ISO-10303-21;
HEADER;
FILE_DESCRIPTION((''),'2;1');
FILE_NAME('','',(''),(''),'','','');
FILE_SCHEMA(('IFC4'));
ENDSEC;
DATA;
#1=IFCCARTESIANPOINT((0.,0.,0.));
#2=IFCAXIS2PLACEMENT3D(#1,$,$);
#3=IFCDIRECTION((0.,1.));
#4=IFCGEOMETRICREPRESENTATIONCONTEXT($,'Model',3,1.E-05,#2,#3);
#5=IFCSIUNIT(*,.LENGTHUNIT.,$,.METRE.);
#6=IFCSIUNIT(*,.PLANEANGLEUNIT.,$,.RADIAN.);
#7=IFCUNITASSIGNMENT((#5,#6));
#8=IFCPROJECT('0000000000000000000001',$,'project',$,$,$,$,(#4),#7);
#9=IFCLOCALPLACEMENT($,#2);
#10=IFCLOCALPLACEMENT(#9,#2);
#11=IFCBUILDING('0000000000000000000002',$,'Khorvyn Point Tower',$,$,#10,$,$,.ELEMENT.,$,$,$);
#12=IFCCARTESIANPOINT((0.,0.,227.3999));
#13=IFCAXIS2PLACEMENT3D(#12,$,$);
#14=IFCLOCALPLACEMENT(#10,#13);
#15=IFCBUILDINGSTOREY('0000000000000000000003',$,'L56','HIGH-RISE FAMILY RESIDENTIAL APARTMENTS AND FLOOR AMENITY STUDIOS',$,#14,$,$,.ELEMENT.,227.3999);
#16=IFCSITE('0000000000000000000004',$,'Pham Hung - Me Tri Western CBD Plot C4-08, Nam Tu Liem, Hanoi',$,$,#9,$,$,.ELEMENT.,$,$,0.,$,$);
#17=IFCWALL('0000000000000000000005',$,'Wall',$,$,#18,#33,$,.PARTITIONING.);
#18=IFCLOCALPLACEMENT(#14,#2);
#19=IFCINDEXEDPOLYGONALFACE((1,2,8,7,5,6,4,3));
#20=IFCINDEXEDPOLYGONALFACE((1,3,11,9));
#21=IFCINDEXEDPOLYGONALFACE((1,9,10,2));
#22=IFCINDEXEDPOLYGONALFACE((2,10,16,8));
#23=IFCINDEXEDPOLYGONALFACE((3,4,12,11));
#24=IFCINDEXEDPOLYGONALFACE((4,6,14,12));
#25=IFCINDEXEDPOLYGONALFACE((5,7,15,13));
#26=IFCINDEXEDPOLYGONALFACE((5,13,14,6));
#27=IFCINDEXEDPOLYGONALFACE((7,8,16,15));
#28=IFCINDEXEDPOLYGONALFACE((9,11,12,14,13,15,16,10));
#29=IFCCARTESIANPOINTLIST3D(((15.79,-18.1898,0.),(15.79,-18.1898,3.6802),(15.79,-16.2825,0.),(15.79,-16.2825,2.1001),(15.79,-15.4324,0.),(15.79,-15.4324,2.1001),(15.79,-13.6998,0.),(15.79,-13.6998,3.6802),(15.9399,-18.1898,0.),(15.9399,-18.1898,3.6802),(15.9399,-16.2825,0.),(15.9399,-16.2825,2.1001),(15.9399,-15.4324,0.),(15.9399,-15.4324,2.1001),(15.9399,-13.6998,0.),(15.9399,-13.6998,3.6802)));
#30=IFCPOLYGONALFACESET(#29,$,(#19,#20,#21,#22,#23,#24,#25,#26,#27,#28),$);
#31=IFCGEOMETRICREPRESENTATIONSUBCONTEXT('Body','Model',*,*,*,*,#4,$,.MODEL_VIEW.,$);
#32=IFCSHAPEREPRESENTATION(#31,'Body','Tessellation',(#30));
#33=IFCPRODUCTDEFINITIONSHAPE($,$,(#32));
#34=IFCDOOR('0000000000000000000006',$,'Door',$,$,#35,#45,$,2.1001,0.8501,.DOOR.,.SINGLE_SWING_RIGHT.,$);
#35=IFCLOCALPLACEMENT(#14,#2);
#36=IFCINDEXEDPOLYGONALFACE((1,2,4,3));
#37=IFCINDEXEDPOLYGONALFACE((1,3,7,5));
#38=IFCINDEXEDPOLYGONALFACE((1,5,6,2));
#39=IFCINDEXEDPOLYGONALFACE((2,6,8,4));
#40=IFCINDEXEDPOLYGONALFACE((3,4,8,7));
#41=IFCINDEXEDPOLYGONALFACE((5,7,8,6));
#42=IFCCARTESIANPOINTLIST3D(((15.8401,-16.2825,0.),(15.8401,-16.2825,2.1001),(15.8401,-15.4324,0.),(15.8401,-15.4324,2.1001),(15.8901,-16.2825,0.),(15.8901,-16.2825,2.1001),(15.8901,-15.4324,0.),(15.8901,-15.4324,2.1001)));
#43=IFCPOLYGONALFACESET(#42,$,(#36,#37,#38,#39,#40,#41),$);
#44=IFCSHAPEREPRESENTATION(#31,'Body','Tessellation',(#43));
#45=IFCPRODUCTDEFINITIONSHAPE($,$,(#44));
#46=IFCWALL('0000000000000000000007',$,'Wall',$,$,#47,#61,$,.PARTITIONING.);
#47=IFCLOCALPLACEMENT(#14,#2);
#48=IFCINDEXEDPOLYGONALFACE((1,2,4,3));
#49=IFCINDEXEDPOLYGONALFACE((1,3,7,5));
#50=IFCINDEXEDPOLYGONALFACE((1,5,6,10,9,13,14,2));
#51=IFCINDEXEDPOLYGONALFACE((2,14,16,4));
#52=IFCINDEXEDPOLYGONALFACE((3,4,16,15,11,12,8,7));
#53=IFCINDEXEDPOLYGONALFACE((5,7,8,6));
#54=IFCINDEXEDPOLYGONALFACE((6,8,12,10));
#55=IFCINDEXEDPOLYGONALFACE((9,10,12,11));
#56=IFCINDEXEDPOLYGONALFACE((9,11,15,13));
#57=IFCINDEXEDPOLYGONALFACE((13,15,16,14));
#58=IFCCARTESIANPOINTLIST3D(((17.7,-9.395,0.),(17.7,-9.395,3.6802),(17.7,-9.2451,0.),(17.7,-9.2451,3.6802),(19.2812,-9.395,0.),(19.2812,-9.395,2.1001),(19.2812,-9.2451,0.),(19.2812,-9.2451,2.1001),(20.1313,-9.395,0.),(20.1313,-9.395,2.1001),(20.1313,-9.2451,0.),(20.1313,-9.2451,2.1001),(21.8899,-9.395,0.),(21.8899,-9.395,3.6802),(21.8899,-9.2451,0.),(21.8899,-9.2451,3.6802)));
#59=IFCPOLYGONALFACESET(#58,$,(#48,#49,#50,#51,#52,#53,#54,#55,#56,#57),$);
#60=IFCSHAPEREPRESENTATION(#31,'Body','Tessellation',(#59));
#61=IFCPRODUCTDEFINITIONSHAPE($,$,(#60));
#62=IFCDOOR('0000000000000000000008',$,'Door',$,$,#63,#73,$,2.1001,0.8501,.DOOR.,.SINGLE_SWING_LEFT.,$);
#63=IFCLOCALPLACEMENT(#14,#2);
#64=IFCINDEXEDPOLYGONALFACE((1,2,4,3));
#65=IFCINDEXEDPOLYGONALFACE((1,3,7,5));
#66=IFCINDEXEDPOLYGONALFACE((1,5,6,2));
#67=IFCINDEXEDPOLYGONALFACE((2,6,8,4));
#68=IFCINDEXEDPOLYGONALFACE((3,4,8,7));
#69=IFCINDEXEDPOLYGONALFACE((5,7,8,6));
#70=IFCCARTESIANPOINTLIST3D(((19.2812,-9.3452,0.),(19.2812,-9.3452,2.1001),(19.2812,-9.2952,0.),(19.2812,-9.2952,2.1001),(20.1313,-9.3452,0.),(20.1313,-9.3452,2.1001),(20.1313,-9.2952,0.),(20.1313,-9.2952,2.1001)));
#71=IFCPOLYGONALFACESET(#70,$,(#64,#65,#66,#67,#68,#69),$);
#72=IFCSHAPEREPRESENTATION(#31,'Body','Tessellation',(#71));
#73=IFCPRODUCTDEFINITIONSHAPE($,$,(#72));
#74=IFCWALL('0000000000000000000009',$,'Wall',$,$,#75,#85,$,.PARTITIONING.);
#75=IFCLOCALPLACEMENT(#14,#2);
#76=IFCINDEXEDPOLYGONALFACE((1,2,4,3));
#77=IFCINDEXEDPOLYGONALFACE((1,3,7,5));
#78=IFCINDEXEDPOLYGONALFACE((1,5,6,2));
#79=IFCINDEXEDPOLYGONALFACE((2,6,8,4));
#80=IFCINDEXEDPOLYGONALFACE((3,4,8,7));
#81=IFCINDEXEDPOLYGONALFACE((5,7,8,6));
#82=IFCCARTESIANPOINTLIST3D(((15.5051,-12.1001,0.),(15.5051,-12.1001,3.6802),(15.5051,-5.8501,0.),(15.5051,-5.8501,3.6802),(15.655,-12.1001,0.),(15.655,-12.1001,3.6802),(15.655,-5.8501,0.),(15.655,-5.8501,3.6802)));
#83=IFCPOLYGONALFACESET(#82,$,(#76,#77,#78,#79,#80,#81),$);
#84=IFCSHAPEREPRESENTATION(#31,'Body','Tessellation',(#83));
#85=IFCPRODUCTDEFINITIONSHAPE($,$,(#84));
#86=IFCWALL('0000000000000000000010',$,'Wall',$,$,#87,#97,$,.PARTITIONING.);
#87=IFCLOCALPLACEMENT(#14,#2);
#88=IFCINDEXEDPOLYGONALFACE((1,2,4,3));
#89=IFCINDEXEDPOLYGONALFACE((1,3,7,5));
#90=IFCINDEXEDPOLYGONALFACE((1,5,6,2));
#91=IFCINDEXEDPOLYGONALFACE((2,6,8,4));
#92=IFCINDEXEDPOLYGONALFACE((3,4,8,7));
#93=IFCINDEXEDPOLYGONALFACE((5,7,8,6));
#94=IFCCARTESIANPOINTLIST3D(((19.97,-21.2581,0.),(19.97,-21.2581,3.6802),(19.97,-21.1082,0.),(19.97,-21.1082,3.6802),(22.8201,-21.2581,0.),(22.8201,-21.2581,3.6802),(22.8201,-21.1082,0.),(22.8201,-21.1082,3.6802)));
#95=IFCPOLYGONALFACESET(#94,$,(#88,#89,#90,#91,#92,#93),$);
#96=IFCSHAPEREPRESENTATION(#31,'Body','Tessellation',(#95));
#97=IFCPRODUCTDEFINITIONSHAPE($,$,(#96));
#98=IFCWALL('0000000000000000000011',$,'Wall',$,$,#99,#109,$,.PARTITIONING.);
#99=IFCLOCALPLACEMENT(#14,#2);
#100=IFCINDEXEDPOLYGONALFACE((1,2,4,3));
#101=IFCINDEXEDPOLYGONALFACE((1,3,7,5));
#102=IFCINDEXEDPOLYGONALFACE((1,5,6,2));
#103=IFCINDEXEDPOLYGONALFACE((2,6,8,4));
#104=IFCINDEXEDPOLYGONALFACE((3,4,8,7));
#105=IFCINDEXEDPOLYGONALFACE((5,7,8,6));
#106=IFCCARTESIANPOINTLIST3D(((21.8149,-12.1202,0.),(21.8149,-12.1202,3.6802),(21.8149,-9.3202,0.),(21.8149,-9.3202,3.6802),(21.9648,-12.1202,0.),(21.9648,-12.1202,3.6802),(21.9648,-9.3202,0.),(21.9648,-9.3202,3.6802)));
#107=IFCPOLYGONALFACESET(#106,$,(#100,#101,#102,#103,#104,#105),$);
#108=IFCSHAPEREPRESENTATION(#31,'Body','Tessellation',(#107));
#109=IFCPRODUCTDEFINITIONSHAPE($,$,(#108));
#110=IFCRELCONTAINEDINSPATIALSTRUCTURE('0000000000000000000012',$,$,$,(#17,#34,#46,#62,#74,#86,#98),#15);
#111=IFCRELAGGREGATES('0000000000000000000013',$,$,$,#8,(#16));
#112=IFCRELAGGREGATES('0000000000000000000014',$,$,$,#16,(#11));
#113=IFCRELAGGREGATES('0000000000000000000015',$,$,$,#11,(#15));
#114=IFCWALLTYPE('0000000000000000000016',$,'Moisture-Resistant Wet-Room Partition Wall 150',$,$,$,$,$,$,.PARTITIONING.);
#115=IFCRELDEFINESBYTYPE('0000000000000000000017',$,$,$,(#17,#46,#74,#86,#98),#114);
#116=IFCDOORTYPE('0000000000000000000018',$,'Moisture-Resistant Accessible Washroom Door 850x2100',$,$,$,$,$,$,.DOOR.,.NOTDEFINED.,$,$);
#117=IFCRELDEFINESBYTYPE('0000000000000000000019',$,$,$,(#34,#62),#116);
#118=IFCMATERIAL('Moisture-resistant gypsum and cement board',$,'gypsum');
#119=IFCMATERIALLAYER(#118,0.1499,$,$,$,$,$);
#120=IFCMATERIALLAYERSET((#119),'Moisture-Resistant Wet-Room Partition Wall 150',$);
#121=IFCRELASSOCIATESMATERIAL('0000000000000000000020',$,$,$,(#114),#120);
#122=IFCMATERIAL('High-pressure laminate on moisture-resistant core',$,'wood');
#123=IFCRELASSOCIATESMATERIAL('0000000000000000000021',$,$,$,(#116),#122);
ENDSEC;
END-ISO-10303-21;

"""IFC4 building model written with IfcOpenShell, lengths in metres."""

from ifc_helpers import new_model, si_unit, direction, frame, frame_2d, origin, place, context, subcontext, project, spatial, rectangle, extrude, material, layer, layer_set, type_object, element, fill, save


model = new_model("IFC4")

# Units and contexts
model_context = context("Model", 3, precision=1e-05, world=origin(), true_north=direction((0.0, 1.0)))
body_context = subcontext(model_context, "Body", "Model", "MODEL_VIEW")
ifc_project = project(units=[si_unit("LENGTHUNIT", "METRE"), si_unit("PLANEANGLEUNIT", "RADIAN")], contexts=[model_context])

# Site, building, storey
site_placement = place(None, origin())
site = spatial("IfcSite", under=ifc_project, at=site_placement, Name="Pham Hung - Me Tri Western CBD Plot C4-08, Nam Tu Liem, Hanoi", CompositionType="ELEMENT", RefElevation=0.0)
building_placement = place(site_placement, origin())
building = spatial("IfcBuilding", under=site, at=building_placement, Name="Khorvyn Point Tower", CompositionType="ELEMENT")
storey_placement = place(building_placement, frame((0.0, 0.0, 227.3999)))
storey = spatial("IfcBuildingStorey", under=building, at=storey_placement, Name="L56", Description="HIGH-RISE FAMILY RESIDENTIAL APARTMENTS AND FLOOR AMENITY STUDIOS", CompositionType="ELEMENT", Elevation=227.3999)

# Walls, openings, doors
ifc_material_1 = material(Name="Moisture-resistant gypsum and cement board", Category="gypsum")
ifc_layer_1 = layer(ifc_material_1, 0.1499)
ifc_layer_set_1 = layer_set([ifc_layer_1], Name="Moisture-Resistant Wet-Room Partition Wall 150")
wall_type_1 = type_object("IfcWallType", Name="Moisture-Resistant Wet-Room Partition Wall 150", PredefinedType="PARTITIONING", material=ifc_layer_set_1)
wall_1_placement = place(storey_placement, frame((15.865, -18.1899, 0.0), z_axis=(0.0, 0.0, 1.0), x_axis=(0.0, 1.0, 0.0)))
wall_1 = element("IfcWall", 1, at=wall_1_placement, inside=storey, type_object=wall_type_1, Name="Wall", PredefinedType="PARTITIONING", context=body_context, shape_type="SweptSolid", body=[
    extrude(rectangle(XDim=4.49, YDim=0.1499, at=frame_2d((2.2451, 0.0))), origin(), (0.0, 0.0, 1.0), 3.6802),
])
opening_1_placement = place(wall_1_placement, frame((1.9075, 0.0, 0.0)))
opening_1 = element("IfcOpeningElement", 2, at=opening_1_placement, cuts=wall_1, PredefinedType="OPENING", context=body_context, shape_type="SweptSolid", body=[
    extrude(rectangle(XDim=0.8501, YDim=2.1001, at=frame_2d((0.425, 1.05))), frame((0.0, 0.085, 0.0), z_axis=(0.0, -1.0, 0.0), x_axis=(1.0, 0.0, 0.0)), (0.0, 0.0, 1.0), 0.1699),
])
ifc_material_2 = material(Name="High-pressure laminate on moisture-resistant core", Category="wood")
door_type_1 = type_object("IfcDoorType", Name="Moisture-Resistant Accessible Washroom Door 850x2100", OperationType="NOTDEFINED", PredefinedType="DOOR", material=ifc_material_2)
door_1_placement = place(opening_1_placement, origin())
door_1 = element("IfcDoor", 3, at=door_1_placement, inside=storey, type_object=door_type_1, Name="Door", OperationType="SINGLE_SWING_RIGHT", OverallHeight=2.1001, OverallWidth=0.8501, PredefinedType="DOOR", context=body_context, shape_type="SweptSolid", body=[
    extrude(rectangle(XDim=0.8501, YDim=2.1001, at=frame_2d((0.425, 1.05))), frame((0.0, 0.0249, 0.0), z_axis=(0.0, -1.0, 0.0), x_axis=(1.0, 0.0, 0.0)), (0.0, 0.0, 1.0), 0.05),
])
fill(opening_1, door_1)
wall_2_placement = place(storey_placement, frame((17.7, -9.3201, 0.0), z_axis=(0.0, 0.0, 1.0), x_axis=(1.0, 0.0, 0.0)))
wall_2 = element("IfcWall", 4, at=wall_2_placement, inside=storey, type_object=wall_type_1, Name="Wall", PredefinedType="PARTITIONING", context=body_context, shape_type="SweptSolid", body=[
    extrude(rectangle(XDim=4.1899, YDim=0.1499, at=frame_2d((2.095, 0.0))), origin(), (0.0, 0.0, 1.0), 3.6802),
])
opening_2_placement = place(wall_2_placement, frame((1.5813, 0.0, 0.0)))
opening_2 = element("IfcOpeningElement", 5, at=opening_2_placement, cuts=wall_2, PredefinedType="OPENING", context=body_context, shape_type="SweptSolid", body=[
    extrude(rectangle(XDim=0.8501, YDim=2.1001, at=frame_2d((0.425, 1.05))), frame((0.0, 0.085, 0.0), z_axis=(0.0, -1.0, 0.0), x_axis=(1.0, 0.0, 0.0)), (0.0, 0.0, 1.0), 0.1699),
])
door_2_placement = place(opening_2_placement, origin())
door_2 = element("IfcDoor", 6, at=door_2_placement, inside=storey, type_object=door_type_1, Name="Door", OperationType="SINGLE_SWING_LEFT", OverallHeight=2.1001, OverallWidth=0.8501, PredefinedType="DOOR", context=body_context, shape_type="SweptSolid", body=[
    extrude(rectangle(XDim=0.8501, YDim=2.1001, at=frame_2d((0.425, 1.05))), frame((0.0, 0.0249, 0.0), z_axis=(0.0, -1.0, 0.0), x_axis=(1.0, 0.0, 0.0)), (0.0, 0.0, 1.0), 0.05),
])
fill(opening_2, door_2)

# Walls
wall_3_placement = place(storey_placement, frame((15.5801, -12.1001, 0.0), z_axis=(0.0, 0.0, 1.0), x_axis=(0.0, 1.0, 0.0)))
element("IfcWall", 7, at=wall_3_placement, inside=storey, type_object=wall_type_1, Name="Wall", PredefinedType="PARTITIONING", context=body_context, shape_type="SweptSolid", body=[
    extrude(rectangle(XDim=6.25, YDim=0.1499, at=frame_2d((3.125, 0.0))), origin(), (0.0, 0.0, 1.0), 3.6802),
])
wall_4_placement = place(storey_placement, frame((19.97, -21.1831, 0.0), z_axis=(0.0, 0.0, 1.0), x_axis=(1.0, 0.0, 0.0)))
element("IfcWall", 8, at=wall_4_placement, inside=storey, type_object=wall_type_1, Name="Wall", PredefinedType="PARTITIONING", context=body_context, shape_type="SweptSolid", body=[
    extrude(rectangle(XDim=2.8501, YDim=0.1499, at=frame_2d((1.425, 0.0))), origin(), (0.0, 0.0, 1.0), 3.6802),
])
wall_5_placement = place(storey_placement, frame((21.8899, -12.1201, 0.0), z_axis=(0.0, 0.0, 1.0), x_axis=(0.0, 1.0, 0.0)))
element("IfcWall", 9, at=wall_5_placement, inside=storey, type_object=wall_type_1, Name="Wall", PredefinedType="PARTITIONING", context=body_context, shape_type="SweptSolid", body=[
    extrude(rectangle(XDim=2.8, YDim=0.1499, at=frame_2d((1.3999, 0.0))), origin(), (0.0, 0.0, 1.0), 3.6802),
])

save(model, "model.ifc")
